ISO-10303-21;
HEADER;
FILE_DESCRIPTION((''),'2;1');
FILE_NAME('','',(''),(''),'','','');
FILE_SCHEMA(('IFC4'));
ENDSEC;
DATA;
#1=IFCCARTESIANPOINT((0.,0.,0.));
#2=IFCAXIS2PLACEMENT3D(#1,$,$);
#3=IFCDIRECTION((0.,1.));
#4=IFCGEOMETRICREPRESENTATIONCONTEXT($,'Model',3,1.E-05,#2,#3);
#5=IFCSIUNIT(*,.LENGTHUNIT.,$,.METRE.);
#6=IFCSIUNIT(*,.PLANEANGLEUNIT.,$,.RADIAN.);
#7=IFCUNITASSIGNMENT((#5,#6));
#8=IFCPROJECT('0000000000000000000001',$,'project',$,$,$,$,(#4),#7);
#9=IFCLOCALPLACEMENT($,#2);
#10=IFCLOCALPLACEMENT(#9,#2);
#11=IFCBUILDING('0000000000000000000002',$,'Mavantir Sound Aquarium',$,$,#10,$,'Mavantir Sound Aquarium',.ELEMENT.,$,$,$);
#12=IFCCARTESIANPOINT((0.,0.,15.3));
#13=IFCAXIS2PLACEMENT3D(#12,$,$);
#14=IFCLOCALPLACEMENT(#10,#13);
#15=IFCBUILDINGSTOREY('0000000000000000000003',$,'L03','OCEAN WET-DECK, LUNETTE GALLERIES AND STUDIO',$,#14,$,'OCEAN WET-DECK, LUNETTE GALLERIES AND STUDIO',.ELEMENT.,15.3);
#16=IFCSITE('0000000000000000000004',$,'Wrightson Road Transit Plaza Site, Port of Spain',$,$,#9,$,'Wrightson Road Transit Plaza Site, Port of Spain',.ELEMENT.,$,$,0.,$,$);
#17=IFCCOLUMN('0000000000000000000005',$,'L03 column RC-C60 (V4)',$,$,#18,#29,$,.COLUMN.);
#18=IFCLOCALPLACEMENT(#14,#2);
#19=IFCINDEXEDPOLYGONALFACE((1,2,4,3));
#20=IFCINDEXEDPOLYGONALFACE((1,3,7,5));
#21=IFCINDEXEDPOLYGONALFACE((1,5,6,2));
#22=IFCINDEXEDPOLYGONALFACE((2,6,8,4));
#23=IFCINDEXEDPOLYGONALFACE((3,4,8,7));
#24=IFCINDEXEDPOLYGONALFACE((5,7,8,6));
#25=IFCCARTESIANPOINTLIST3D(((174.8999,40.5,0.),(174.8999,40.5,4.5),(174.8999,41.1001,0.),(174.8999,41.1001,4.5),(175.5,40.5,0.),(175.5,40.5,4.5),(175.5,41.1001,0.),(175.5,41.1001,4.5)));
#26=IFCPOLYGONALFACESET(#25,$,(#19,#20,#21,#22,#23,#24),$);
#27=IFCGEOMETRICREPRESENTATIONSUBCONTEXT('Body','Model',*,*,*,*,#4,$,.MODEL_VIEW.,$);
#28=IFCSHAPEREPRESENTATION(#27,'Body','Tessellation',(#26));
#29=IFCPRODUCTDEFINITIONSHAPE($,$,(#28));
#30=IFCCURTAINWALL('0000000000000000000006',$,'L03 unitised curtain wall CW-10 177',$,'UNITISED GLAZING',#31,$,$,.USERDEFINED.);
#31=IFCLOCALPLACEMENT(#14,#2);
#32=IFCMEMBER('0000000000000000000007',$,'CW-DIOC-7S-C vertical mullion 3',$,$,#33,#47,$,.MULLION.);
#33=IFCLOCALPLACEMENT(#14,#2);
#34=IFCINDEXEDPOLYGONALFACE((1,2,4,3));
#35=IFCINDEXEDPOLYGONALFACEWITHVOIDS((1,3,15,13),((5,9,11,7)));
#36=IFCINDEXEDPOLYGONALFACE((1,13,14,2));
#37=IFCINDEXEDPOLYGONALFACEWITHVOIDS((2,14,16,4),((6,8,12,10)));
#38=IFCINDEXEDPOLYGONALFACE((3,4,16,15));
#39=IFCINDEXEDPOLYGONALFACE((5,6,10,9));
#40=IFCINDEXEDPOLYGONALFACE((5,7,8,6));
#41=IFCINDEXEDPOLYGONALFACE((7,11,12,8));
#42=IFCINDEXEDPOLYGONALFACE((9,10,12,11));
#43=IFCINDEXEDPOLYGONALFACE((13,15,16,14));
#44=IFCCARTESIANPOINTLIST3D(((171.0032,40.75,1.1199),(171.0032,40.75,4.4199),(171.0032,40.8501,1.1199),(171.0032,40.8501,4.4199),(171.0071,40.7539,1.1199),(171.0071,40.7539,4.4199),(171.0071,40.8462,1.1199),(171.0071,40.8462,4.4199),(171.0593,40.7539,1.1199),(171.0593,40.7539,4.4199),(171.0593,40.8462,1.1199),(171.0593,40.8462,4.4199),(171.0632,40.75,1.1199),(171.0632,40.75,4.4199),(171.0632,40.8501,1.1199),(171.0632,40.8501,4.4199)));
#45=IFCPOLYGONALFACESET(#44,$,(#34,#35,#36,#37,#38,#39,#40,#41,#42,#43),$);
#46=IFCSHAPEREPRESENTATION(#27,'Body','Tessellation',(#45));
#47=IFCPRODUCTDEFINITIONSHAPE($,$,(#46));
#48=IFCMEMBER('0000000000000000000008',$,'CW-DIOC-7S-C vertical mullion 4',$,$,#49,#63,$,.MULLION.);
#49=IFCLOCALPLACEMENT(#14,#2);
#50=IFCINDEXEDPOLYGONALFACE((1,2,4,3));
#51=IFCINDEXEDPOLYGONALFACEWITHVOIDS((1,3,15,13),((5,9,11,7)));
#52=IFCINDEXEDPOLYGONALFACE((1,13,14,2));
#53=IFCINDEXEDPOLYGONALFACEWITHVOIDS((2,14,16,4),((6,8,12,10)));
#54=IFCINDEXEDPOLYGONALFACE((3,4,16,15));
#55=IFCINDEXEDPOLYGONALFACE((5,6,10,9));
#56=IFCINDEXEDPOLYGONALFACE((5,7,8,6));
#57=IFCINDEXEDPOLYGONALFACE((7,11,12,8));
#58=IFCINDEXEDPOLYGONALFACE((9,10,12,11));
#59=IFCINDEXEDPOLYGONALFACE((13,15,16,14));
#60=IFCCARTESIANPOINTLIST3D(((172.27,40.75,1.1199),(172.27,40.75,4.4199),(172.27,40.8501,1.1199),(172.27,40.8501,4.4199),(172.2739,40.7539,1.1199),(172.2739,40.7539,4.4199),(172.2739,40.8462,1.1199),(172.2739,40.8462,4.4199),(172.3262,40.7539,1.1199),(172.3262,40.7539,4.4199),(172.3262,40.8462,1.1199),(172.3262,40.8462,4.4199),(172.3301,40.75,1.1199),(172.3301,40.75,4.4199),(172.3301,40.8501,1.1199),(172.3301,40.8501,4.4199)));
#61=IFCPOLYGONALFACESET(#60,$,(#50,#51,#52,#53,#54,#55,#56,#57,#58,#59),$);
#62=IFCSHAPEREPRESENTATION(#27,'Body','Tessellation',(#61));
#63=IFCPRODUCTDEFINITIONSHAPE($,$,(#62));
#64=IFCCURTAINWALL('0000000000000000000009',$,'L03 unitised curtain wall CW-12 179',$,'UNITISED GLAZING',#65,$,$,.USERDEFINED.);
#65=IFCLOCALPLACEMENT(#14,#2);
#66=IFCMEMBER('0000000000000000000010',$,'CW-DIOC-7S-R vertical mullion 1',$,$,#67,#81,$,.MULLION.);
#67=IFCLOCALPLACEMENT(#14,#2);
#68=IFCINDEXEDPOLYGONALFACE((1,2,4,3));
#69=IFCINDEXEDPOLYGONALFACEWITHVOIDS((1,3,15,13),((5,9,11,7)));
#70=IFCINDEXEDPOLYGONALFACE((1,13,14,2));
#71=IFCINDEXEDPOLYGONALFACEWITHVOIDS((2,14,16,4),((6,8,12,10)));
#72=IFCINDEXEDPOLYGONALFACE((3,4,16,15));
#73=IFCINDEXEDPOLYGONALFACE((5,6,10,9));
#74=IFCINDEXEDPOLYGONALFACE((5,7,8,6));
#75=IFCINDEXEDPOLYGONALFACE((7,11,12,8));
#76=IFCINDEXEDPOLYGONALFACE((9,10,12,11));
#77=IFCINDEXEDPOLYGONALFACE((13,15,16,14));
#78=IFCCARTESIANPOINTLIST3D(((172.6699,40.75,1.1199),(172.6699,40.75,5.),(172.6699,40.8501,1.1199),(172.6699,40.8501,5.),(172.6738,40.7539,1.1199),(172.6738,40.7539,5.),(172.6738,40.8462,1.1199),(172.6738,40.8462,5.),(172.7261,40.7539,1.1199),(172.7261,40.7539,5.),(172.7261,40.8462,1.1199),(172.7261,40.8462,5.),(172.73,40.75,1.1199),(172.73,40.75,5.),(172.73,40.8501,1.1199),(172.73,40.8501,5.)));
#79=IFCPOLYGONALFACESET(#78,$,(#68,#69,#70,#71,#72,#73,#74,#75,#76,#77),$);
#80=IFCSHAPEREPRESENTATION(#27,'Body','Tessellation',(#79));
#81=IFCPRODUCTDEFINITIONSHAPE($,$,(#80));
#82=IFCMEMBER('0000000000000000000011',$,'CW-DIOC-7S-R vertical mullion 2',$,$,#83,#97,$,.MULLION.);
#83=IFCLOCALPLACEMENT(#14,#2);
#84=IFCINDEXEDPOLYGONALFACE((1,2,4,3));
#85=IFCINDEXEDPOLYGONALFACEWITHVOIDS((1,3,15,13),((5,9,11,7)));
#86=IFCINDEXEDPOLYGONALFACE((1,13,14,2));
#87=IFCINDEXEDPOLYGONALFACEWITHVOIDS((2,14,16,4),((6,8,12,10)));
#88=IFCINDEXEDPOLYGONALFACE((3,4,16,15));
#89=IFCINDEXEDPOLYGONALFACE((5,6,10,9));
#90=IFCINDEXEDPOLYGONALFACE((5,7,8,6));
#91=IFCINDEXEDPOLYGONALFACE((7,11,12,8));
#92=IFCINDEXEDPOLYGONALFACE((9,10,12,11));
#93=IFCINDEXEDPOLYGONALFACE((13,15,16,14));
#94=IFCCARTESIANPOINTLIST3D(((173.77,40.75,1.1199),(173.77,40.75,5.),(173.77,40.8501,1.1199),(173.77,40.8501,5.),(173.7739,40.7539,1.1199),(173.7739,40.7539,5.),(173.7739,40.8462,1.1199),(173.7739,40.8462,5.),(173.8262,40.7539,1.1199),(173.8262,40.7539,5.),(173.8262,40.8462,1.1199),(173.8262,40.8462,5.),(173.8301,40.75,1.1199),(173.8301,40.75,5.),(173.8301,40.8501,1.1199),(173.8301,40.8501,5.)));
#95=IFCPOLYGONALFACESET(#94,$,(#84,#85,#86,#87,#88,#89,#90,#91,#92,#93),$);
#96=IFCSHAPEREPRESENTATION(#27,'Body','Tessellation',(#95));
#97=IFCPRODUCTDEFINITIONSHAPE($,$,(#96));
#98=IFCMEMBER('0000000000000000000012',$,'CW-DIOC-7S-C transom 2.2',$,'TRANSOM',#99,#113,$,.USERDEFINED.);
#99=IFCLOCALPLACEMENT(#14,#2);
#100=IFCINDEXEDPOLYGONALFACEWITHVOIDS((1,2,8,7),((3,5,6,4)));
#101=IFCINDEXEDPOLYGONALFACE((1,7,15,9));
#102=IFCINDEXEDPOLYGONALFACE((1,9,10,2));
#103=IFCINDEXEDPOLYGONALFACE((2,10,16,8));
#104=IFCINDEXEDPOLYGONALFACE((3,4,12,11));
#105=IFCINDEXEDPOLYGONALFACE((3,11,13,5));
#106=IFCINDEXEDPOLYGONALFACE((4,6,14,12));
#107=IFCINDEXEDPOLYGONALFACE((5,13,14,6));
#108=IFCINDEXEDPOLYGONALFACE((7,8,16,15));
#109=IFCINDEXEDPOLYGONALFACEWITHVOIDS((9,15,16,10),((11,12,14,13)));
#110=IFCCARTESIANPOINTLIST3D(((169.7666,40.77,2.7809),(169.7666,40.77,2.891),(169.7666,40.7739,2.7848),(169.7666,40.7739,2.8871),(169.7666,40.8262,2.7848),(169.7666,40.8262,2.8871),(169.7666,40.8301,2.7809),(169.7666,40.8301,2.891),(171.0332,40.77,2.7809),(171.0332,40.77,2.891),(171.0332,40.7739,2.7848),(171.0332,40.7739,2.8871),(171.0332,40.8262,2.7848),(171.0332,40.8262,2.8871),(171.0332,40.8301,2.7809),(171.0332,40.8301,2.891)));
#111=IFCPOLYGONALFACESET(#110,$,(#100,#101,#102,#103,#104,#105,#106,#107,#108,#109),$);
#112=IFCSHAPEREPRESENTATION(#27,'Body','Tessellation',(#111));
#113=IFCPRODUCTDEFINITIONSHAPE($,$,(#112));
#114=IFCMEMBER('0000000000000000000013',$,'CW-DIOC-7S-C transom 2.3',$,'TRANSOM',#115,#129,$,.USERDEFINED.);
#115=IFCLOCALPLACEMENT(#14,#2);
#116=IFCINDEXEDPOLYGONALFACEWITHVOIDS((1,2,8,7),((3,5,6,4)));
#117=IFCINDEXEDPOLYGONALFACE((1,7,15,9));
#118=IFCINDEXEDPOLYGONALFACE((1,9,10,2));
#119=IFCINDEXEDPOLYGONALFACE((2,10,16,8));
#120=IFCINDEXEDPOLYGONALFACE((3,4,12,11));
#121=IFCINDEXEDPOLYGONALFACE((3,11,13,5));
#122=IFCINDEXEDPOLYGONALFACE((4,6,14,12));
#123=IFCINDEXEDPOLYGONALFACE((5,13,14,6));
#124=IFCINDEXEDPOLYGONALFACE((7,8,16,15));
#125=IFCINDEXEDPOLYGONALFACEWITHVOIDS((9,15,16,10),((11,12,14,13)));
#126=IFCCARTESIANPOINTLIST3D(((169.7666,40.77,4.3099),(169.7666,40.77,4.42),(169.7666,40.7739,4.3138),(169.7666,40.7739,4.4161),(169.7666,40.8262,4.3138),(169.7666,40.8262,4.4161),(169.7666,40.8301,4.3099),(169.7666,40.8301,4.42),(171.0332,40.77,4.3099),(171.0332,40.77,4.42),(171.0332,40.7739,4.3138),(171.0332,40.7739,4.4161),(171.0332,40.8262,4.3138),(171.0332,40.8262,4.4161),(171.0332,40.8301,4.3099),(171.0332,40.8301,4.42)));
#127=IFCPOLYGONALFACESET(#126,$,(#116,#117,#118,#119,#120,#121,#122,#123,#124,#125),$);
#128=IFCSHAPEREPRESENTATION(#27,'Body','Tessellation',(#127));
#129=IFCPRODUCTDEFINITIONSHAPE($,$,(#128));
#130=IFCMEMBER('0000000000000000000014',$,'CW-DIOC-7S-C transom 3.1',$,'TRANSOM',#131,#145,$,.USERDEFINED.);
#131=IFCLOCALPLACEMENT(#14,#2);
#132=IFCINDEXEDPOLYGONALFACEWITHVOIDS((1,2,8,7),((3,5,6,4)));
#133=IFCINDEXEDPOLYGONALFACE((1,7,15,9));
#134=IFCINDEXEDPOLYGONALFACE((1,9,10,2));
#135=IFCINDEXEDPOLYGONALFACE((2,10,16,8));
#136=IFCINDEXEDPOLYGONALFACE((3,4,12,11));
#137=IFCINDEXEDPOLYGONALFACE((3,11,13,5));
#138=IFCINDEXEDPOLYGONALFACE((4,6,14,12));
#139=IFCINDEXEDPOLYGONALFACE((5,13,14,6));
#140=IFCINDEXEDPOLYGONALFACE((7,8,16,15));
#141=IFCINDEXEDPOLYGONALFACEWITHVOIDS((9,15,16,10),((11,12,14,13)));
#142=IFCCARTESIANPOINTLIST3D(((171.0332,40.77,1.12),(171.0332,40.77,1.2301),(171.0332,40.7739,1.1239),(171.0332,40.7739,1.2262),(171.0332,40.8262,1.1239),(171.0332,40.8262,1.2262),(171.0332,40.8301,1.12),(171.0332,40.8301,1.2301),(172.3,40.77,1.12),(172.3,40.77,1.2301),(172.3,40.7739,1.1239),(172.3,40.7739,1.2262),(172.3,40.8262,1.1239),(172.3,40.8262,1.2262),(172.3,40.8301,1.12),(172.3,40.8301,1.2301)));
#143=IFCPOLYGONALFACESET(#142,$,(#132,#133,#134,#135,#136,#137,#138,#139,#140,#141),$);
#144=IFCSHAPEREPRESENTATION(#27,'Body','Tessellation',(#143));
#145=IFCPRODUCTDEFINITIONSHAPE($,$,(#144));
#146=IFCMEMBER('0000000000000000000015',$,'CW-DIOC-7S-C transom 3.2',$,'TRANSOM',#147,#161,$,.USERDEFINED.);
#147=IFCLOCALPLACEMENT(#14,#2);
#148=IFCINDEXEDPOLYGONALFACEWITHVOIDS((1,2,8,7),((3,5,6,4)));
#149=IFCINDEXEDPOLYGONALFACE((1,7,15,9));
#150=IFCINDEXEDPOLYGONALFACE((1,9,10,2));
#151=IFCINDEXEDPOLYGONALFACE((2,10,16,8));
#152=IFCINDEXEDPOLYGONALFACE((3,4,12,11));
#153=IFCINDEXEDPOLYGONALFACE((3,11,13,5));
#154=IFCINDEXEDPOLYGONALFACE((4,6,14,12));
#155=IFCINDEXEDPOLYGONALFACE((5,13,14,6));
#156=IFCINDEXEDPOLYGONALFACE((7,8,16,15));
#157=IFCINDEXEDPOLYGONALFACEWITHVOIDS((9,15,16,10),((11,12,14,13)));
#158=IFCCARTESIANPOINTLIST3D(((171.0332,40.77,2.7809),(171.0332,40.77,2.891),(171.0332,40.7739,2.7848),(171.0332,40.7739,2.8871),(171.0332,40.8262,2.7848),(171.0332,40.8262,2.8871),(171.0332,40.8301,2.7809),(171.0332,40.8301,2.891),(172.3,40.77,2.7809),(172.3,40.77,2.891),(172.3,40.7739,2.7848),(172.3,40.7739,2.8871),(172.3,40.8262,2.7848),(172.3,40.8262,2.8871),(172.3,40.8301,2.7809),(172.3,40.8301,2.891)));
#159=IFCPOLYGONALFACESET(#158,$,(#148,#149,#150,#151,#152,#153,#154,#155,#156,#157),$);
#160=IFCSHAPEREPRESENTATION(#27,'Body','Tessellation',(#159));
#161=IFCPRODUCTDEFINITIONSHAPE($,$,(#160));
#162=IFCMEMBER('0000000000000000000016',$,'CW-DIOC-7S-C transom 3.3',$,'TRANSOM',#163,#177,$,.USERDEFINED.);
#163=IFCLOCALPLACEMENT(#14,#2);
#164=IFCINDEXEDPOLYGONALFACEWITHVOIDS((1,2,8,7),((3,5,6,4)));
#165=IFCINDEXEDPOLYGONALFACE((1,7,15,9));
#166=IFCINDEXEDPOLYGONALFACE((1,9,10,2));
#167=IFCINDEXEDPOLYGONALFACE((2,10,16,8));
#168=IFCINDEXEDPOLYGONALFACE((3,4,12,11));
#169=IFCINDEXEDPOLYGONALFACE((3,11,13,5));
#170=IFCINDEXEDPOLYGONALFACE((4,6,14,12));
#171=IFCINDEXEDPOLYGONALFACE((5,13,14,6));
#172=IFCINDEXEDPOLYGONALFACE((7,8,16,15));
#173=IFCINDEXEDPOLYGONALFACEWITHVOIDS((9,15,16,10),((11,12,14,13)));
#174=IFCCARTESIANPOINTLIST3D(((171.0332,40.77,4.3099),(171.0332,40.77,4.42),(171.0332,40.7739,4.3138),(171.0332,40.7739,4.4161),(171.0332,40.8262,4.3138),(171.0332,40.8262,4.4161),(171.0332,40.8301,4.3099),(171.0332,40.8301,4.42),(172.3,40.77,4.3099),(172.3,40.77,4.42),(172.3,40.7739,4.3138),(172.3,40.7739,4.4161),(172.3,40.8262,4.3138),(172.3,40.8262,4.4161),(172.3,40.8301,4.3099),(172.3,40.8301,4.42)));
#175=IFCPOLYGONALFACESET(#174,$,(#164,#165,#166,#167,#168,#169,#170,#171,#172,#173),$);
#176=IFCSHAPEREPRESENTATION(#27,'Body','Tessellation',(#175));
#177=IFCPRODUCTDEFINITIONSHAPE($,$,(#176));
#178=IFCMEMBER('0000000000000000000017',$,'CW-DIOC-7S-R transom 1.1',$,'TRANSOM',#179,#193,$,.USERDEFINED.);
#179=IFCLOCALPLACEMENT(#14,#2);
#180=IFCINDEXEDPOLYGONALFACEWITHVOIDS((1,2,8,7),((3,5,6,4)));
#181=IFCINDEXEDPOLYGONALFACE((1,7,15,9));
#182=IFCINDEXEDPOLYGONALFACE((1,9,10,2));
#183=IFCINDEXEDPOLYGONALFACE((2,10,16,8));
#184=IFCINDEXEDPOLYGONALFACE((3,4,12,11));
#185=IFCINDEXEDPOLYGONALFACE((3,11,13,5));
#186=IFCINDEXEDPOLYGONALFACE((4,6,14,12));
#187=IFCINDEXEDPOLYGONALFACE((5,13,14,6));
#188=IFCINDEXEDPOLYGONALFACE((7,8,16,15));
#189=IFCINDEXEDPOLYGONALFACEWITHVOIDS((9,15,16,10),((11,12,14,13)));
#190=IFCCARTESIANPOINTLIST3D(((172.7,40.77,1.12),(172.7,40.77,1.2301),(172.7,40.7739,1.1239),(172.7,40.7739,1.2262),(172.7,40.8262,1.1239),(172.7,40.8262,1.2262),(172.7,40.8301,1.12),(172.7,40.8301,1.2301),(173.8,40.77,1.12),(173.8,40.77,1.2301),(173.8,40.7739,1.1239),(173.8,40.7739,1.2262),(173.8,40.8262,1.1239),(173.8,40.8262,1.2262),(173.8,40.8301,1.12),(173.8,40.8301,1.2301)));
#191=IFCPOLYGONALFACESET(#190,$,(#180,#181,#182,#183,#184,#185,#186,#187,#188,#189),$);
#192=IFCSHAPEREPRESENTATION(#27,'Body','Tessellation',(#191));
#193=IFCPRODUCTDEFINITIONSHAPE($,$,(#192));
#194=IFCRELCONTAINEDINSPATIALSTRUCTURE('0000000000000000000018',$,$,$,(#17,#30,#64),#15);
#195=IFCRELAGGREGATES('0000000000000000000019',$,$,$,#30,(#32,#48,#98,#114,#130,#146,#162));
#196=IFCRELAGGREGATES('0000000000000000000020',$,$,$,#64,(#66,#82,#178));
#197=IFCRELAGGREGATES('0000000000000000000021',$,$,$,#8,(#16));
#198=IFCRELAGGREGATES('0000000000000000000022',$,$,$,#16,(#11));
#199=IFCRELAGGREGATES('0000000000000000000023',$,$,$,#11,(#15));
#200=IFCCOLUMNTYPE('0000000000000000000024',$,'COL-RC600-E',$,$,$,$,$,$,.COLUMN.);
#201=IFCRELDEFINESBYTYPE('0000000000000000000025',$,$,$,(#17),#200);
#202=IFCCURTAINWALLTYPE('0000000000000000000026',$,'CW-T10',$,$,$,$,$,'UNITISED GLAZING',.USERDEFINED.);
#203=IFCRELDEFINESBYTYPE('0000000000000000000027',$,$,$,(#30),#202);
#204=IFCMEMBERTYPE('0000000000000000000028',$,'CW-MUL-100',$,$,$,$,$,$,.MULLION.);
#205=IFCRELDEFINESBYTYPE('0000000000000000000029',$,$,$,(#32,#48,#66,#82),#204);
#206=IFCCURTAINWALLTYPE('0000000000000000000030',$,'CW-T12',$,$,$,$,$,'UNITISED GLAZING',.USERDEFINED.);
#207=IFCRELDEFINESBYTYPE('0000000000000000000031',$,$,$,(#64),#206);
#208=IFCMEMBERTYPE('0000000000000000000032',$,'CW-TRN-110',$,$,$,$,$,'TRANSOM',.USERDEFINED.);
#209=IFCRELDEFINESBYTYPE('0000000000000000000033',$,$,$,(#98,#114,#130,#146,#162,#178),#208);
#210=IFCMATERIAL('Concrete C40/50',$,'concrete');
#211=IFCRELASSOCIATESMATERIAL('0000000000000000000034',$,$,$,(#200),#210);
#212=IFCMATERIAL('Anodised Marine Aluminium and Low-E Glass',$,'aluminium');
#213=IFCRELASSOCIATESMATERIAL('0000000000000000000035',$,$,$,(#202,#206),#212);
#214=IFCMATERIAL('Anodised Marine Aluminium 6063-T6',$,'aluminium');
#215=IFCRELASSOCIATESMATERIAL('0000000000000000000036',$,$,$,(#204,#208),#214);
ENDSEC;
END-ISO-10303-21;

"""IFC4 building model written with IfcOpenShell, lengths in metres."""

from ifc_helpers import new_model, si_unit, direction, frame, origin, origin_2d, place, context, subcontext, project, spatial, rectangle, hollow_rectangle, extrude, material, material_profile, profile_set, type_object, element, aggregate, save


model = new_model("IFC4")

# Units and contexts
model_context = context("Model", 3, precision=1e-05, world=origin(), true_north=direction((0.0, 1.0)))
body_context = subcontext(model_context, "Body", "Model", "MODEL_VIEW")
ifc_project = project(units=[si_unit("LENGTHUNIT", "METRE"), si_unit("PLANEANGLEUNIT", "RADIAN")], contexts=[model_context])

# Site, building, storey
site_placement = place(None, origin())
site = spatial("IfcSite", under=ifc_project, at=site_placement, Name="Wrightson Road Transit Plaza Site, Port of Spain", LongName="Wrightson Road Transit Plaza Site, Port of Spain", CompositionType="ELEMENT", RefElevation=0.0)
building_placement = place(site_placement, origin())
building = spatial("IfcBuilding", under=site, at=building_placement, Name="Mavantir Sound Aquarium", LongName="Mavantir Sound Aquarium", CompositionType="ELEMENT")
storey_placement = place(building_placement, frame((0.0, 0.0, 15.3)))
storey = spatial("IfcBuildingStorey", under=building, at=storey_placement, Name="L03", Description="OCEAN WET-DECK, LUNETTE GALLERIES AND STUDIO", LongName="OCEAN WET-DECK, LUNETTE GALLERIES AND STUDIO", CompositionType="ELEMENT", Elevation=15.3)

# Column
ifc_material_1 = material(Name="Concrete C40/50", Category="concrete")
ifc_material_profile_1 = material_profile(ifc_material_1, rectangle(XDim=0.6001, YDim=0.6001, at=origin_2d()), Name="RC 600X600")
ifc_profile_set_1 = profile_set([ifc_material_profile_1], Name="Concrete C40/50")
column_type = type_object("IfcColumnType", Name="COL-RC600-E", PredefinedType="COLUMN", material=ifc_profile_set_1)
column_placement = place(storey_placement, frame((175.2, 40.8, 0.0), z_axis=(0.0, 0.0, 1.0), x_axis=(1.0, 0.0, 0.0)))
element("IfcColumn", 1, at=column_placement, inside=storey, type_object=column_type, Name="L03 column RC-C60 (V4)", PredefinedType="COLUMN", context=body_context, shape_type="SweptSolid", body=[
    extrude(rectangle(XDim=0.6001, YDim=0.6001, at=origin_2d()), origin(), (0.0, 0.0, 1.0), 4.5),
])

# Curtain walls, members
ifc_material_2 = material(Name="Anodised Marine Aluminium and Low-E Glass", Category="aluminium")
curtain_wall_type_1 = type_object("IfcCurtainWallType", Name="CW-T10", ElementType="UNITISED GLAZING", PredefinedType="USERDEFINED", material=ifc_material_2)
curtain_wall_1_placement = place(storey_placement, origin())
curtain_wall_1 = element("IfcCurtainWall", 2, at=curtain_wall_1_placement, inside=storey, type_object=curtain_wall_type_1, Name="L03 unitised curtain wall CW-10 177", ObjectType="UNITISED GLAZING", PredefinedType="USERDEFINED")
ifc_material_3 = material(Name="Anodised Marine Aluminium 6063-T6", Category="aluminium")
ifc_material_profile_2 = material_profile(ifc_material_3, hollow_rectangle(XDim=0.0601, YDim=0.1001, WallThickness=0.0039, at=origin_2d()), Name="ALU-MULLION-100X60")
ifc_profile_set_2 = profile_set([ifc_material_profile_2], Name="Anodised Marine Aluminium 6063-T6")
member_type_1 = type_object("IfcMemberType", Name="CW-MUL-100", PredefinedType="MULLION", material=ifc_profile_set_2)
member_1_placement = place(storey_placement, frame((171.0332, 40.8, 1.1199), z_axis=(0.0, 0.0, 1.0), x_axis=(1.0, 0.0, 0.0)))
member_1 = element("IfcMember", 3, at=member_1_placement, type_object=member_type_1, Name="CW-DIOC-7S-C vertical mullion 3", PredefinedType="MULLION", context=body_context, shape_type="SweptSolid", body=[
    extrude(hollow_rectangle(XDim=0.0601, YDim=0.1001, WallThickness=0.0039, at=origin_2d()), origin(), (0.0, 0.0, 1.0), 3.3),
])
member_2_placement = place(storey_placement, frame((172.3, 40.8, 1.1199), z_axis=(0.0, 0.0, 1.0), x_axis=(1.0, 0.0, 0.0)))
member_2 = element("IfcMember", 4, at=member_2_placement, type_object=member_type_1, Name="CW-DIOC-7S-C vertical mullion 4", PredefinedType="MULLION", context=body_context, shape_type="SweptSolid", body=[
    extrude(hollow_rectangle(XDim=0.0601, YDim=0.1001, WallThickness=0.0039, at=origin_2d()), origin(), (0.0, 0.0, 1.0), 3.3),
])
curtain_wall_type_2 = type_object("IfcCurtainWallType", Name="CW-T12", ElementType="UNITISED GLAZING", PredefinedType="USERDEFINED", material=ifc_material_2)
curtain_wall_2_placement = place(storey_placement, origin())
curtain_wall_2 = element("IfcCurtainWall", 5, at=curtain_wall_2_placement, inside=storey, type_object=curtain_wall_type_2, Name="L03 unitised curtain wall CW-12 179", ObjectType="UNITISED GLAZING", PredefinedType="USERDEFINED")
member_3_placement = place(storey_placement, frame((172.7, 40.8, 1.1199), z_axis=(0.0, 0.0, 1.0), x_axis=(1.0, 0.0, 0.0)))
member_3 = element("IfcMember", 6, at=member_3_placement, type_object=member_type_1, Name="CW-DIOC-7S-R vertical mullion 1", PredefinedType="MULLION", context=body_context, shape_type="SweptSolid", body=[
    extrude(hollow_rectangle(XDim=0.0601, YDim=0.1001, WallThickness=0.0039, at=origin_2d()), origin(), (0.0, 0.0, 1.0), 3.8801),
])
member_4_placement = place(storey_placement, frame((173.8, 40.8, 1.1199), z_axis=(0.0, 0.0, 1.0), x_axis=(1.0, 0.0, 0.0)))
member_4 = element("IfcMember", 7, at=member_4_placement, type_object=member_type_1, Name="CW-DIOC-7S-R vertical mullion 2", PredefinedType="MULLION", context=body_context, shape_type="SweptSolid", body=[
    extrude(hollow_rectangle(XDim=0.0601, YDim=0.1001, WallThickness=0.0039, at=origin_2d()), origin(), (0.0, 0.0, 1.0), 3.8801),
])

# Members
ifc_material_profile_3 = material_profile(ifc_material_3, hollow_rectangle(XDim=0.0601, YDim=0.1101, WallThickness=0.0039, at=origin_2d()), Name="ALU-TRANSOM-110X60")
ifc_profile_set_3 = profile_set([ifc_material_profile_3], Name="Anodised Marine Aluminium 6063-T6")
member_type_2 = type_object("IfcMemberType", Name="CW-TRN-110", ElementType="TRANSOM", PredefinedType="USERDEFINED", material=ifc_profile_set_3)
member_5_placement = place(storey_placement, frame((169.7666, 40.8, 2.8359), z_axis=(1.0, 0.0, 0.0), x_axis=(0.0, 1.0, 0.0)))
member_5 = element("IfcMember", 8, at=member_5_placement, type_object=member_type_2, Name="CW-DIOC-7S-C transom 2.2", ObjectType="TRANSOM", PredefinedType="USERDEFINED", context=body_context, shape_type="SweptSolid", body=[
    extrude(hollow_rectangle(XDim=0.0601, YDim=0.1101, WallThickness=0.0039, at=origin_2d()), origin(), (0.0, 0.0, 1.0), 1.2666),
])
member_6_placement = place(storey_placement, frame((169.7666, 40.8, 4.365), z_axis=(1.0, 0.0, 0.0), x_axis=(0.0, 1.0, 0.0)))
member_6 = element("IfcMember", 9, at=member_6_placement, type_object=member_type_2, Name="CW-DIOC-7S-C transom 2.3", ObjectType="TRANSOM", PredefinedType="USERDEFINED", context=body_context, shape_type="SweptSolid", body=[
    extrude(hollow_rectangle(XDim=0.0601, YDim=0.1101, WallThickness=0.0039, at=origin_2d()), origin(), (0.0, 0.0, 1.0), 1.2666),
])
member_7_placement = place(storey_placement, frame((171.0332, 40.8, 1.175), z_axis=(1.0, 0.0, 0.0), x_axis=(0.0, 1.0, 0.0)))
member_7 = element("IfcMember", 10, at=member_7_placement, type_object=member_type_2, Name="CW-DIOC-7S-C transom 3.1", ObjectType="TRANSOM", PredefinedType="USERDEFINED", context=body_context, shape_type="SweptSolid", body=[
    extrude(hollow_rectangle(XDim=0.0601, YDim=0.1101, WallThickness=0.0039, at=origin_2d()), origin(), (0.0, 0.0, 1.0), 1.2668),
])
member_8_placement = place(storey_placement, frame((171.0332, 40.8, 2.8359), z_axis=(1.0, 0.0, 0.0), x_axis=(0.0, 1.0, 0.0)))
member_8 = element("IfcMember", 11, at=member_8_placement, type_object=member_type_2, Name="CW-DIOC-7S-C transom 3.2", ObjectType="TRANSOM", PredefinedType="USERDEFINED", context=body_context, shape_type="SweptSolid", body=[
    extrude(hollow_rectangle(XDim=0.0601, YDim=0.1101, WallThickness=0.0039, at=origin_2d()), origin(), (0.0, 0.0, 1.0), 1.2668),
])
member_9_placement = place(storey_placement, frame((171.0332, 40.8, 4.365), z_axis=(1.0, 0.0, 0.0), x_axis=(0.0, 1.0, 0.0)))
member_9 = element("IfcMember", 12, at=member_9_placement, type_object=member_type_2, Name="CW-DIOC-7S-C transom 3.3", ObjectType="TRANSOM", PredefinedType="USERDEFINED", context=body_context, shape_type="SweptSolid", body=[
    extrude(hollow_rectangle(XDim=0.0601, YDim=0.1101, WallThickness=0.0039, at=origin_2d()), origin(), (0.0, 0.0, 1.0), 1.2668),
])
member_10_placement = place(storey_placement, frame((172.7, 40.8, 1.175), z_axis=(1.0, 0.0, 0.0), x_axis=(0.0, 1.0, 0.0)))
member_10 = element("IfcMember", 13, at=member_10_placement, type_object=member_type_2, Name="CW-DIOC-7S-R transom 1.1", ObjectType="TRANSOM", PredefinedType="USERDEFINED", context=body_context, shape_type="SweptSolid", body=[
    extrude(hollow_rectangle(XDim=0.0601, YDim=0.1101, WallThickness=0.0039, at=origin_2d()), origin(), (0.0, 0.0, 1.0), 1.1001),
])

aggregate(curtain_wall_1, [member_1, member_2, member_5, member_6, member_7, member_8, member_9])
aggregate(curtain_wall_2, [member_3, member_4, member_10])

save(model, "model.ifc")
